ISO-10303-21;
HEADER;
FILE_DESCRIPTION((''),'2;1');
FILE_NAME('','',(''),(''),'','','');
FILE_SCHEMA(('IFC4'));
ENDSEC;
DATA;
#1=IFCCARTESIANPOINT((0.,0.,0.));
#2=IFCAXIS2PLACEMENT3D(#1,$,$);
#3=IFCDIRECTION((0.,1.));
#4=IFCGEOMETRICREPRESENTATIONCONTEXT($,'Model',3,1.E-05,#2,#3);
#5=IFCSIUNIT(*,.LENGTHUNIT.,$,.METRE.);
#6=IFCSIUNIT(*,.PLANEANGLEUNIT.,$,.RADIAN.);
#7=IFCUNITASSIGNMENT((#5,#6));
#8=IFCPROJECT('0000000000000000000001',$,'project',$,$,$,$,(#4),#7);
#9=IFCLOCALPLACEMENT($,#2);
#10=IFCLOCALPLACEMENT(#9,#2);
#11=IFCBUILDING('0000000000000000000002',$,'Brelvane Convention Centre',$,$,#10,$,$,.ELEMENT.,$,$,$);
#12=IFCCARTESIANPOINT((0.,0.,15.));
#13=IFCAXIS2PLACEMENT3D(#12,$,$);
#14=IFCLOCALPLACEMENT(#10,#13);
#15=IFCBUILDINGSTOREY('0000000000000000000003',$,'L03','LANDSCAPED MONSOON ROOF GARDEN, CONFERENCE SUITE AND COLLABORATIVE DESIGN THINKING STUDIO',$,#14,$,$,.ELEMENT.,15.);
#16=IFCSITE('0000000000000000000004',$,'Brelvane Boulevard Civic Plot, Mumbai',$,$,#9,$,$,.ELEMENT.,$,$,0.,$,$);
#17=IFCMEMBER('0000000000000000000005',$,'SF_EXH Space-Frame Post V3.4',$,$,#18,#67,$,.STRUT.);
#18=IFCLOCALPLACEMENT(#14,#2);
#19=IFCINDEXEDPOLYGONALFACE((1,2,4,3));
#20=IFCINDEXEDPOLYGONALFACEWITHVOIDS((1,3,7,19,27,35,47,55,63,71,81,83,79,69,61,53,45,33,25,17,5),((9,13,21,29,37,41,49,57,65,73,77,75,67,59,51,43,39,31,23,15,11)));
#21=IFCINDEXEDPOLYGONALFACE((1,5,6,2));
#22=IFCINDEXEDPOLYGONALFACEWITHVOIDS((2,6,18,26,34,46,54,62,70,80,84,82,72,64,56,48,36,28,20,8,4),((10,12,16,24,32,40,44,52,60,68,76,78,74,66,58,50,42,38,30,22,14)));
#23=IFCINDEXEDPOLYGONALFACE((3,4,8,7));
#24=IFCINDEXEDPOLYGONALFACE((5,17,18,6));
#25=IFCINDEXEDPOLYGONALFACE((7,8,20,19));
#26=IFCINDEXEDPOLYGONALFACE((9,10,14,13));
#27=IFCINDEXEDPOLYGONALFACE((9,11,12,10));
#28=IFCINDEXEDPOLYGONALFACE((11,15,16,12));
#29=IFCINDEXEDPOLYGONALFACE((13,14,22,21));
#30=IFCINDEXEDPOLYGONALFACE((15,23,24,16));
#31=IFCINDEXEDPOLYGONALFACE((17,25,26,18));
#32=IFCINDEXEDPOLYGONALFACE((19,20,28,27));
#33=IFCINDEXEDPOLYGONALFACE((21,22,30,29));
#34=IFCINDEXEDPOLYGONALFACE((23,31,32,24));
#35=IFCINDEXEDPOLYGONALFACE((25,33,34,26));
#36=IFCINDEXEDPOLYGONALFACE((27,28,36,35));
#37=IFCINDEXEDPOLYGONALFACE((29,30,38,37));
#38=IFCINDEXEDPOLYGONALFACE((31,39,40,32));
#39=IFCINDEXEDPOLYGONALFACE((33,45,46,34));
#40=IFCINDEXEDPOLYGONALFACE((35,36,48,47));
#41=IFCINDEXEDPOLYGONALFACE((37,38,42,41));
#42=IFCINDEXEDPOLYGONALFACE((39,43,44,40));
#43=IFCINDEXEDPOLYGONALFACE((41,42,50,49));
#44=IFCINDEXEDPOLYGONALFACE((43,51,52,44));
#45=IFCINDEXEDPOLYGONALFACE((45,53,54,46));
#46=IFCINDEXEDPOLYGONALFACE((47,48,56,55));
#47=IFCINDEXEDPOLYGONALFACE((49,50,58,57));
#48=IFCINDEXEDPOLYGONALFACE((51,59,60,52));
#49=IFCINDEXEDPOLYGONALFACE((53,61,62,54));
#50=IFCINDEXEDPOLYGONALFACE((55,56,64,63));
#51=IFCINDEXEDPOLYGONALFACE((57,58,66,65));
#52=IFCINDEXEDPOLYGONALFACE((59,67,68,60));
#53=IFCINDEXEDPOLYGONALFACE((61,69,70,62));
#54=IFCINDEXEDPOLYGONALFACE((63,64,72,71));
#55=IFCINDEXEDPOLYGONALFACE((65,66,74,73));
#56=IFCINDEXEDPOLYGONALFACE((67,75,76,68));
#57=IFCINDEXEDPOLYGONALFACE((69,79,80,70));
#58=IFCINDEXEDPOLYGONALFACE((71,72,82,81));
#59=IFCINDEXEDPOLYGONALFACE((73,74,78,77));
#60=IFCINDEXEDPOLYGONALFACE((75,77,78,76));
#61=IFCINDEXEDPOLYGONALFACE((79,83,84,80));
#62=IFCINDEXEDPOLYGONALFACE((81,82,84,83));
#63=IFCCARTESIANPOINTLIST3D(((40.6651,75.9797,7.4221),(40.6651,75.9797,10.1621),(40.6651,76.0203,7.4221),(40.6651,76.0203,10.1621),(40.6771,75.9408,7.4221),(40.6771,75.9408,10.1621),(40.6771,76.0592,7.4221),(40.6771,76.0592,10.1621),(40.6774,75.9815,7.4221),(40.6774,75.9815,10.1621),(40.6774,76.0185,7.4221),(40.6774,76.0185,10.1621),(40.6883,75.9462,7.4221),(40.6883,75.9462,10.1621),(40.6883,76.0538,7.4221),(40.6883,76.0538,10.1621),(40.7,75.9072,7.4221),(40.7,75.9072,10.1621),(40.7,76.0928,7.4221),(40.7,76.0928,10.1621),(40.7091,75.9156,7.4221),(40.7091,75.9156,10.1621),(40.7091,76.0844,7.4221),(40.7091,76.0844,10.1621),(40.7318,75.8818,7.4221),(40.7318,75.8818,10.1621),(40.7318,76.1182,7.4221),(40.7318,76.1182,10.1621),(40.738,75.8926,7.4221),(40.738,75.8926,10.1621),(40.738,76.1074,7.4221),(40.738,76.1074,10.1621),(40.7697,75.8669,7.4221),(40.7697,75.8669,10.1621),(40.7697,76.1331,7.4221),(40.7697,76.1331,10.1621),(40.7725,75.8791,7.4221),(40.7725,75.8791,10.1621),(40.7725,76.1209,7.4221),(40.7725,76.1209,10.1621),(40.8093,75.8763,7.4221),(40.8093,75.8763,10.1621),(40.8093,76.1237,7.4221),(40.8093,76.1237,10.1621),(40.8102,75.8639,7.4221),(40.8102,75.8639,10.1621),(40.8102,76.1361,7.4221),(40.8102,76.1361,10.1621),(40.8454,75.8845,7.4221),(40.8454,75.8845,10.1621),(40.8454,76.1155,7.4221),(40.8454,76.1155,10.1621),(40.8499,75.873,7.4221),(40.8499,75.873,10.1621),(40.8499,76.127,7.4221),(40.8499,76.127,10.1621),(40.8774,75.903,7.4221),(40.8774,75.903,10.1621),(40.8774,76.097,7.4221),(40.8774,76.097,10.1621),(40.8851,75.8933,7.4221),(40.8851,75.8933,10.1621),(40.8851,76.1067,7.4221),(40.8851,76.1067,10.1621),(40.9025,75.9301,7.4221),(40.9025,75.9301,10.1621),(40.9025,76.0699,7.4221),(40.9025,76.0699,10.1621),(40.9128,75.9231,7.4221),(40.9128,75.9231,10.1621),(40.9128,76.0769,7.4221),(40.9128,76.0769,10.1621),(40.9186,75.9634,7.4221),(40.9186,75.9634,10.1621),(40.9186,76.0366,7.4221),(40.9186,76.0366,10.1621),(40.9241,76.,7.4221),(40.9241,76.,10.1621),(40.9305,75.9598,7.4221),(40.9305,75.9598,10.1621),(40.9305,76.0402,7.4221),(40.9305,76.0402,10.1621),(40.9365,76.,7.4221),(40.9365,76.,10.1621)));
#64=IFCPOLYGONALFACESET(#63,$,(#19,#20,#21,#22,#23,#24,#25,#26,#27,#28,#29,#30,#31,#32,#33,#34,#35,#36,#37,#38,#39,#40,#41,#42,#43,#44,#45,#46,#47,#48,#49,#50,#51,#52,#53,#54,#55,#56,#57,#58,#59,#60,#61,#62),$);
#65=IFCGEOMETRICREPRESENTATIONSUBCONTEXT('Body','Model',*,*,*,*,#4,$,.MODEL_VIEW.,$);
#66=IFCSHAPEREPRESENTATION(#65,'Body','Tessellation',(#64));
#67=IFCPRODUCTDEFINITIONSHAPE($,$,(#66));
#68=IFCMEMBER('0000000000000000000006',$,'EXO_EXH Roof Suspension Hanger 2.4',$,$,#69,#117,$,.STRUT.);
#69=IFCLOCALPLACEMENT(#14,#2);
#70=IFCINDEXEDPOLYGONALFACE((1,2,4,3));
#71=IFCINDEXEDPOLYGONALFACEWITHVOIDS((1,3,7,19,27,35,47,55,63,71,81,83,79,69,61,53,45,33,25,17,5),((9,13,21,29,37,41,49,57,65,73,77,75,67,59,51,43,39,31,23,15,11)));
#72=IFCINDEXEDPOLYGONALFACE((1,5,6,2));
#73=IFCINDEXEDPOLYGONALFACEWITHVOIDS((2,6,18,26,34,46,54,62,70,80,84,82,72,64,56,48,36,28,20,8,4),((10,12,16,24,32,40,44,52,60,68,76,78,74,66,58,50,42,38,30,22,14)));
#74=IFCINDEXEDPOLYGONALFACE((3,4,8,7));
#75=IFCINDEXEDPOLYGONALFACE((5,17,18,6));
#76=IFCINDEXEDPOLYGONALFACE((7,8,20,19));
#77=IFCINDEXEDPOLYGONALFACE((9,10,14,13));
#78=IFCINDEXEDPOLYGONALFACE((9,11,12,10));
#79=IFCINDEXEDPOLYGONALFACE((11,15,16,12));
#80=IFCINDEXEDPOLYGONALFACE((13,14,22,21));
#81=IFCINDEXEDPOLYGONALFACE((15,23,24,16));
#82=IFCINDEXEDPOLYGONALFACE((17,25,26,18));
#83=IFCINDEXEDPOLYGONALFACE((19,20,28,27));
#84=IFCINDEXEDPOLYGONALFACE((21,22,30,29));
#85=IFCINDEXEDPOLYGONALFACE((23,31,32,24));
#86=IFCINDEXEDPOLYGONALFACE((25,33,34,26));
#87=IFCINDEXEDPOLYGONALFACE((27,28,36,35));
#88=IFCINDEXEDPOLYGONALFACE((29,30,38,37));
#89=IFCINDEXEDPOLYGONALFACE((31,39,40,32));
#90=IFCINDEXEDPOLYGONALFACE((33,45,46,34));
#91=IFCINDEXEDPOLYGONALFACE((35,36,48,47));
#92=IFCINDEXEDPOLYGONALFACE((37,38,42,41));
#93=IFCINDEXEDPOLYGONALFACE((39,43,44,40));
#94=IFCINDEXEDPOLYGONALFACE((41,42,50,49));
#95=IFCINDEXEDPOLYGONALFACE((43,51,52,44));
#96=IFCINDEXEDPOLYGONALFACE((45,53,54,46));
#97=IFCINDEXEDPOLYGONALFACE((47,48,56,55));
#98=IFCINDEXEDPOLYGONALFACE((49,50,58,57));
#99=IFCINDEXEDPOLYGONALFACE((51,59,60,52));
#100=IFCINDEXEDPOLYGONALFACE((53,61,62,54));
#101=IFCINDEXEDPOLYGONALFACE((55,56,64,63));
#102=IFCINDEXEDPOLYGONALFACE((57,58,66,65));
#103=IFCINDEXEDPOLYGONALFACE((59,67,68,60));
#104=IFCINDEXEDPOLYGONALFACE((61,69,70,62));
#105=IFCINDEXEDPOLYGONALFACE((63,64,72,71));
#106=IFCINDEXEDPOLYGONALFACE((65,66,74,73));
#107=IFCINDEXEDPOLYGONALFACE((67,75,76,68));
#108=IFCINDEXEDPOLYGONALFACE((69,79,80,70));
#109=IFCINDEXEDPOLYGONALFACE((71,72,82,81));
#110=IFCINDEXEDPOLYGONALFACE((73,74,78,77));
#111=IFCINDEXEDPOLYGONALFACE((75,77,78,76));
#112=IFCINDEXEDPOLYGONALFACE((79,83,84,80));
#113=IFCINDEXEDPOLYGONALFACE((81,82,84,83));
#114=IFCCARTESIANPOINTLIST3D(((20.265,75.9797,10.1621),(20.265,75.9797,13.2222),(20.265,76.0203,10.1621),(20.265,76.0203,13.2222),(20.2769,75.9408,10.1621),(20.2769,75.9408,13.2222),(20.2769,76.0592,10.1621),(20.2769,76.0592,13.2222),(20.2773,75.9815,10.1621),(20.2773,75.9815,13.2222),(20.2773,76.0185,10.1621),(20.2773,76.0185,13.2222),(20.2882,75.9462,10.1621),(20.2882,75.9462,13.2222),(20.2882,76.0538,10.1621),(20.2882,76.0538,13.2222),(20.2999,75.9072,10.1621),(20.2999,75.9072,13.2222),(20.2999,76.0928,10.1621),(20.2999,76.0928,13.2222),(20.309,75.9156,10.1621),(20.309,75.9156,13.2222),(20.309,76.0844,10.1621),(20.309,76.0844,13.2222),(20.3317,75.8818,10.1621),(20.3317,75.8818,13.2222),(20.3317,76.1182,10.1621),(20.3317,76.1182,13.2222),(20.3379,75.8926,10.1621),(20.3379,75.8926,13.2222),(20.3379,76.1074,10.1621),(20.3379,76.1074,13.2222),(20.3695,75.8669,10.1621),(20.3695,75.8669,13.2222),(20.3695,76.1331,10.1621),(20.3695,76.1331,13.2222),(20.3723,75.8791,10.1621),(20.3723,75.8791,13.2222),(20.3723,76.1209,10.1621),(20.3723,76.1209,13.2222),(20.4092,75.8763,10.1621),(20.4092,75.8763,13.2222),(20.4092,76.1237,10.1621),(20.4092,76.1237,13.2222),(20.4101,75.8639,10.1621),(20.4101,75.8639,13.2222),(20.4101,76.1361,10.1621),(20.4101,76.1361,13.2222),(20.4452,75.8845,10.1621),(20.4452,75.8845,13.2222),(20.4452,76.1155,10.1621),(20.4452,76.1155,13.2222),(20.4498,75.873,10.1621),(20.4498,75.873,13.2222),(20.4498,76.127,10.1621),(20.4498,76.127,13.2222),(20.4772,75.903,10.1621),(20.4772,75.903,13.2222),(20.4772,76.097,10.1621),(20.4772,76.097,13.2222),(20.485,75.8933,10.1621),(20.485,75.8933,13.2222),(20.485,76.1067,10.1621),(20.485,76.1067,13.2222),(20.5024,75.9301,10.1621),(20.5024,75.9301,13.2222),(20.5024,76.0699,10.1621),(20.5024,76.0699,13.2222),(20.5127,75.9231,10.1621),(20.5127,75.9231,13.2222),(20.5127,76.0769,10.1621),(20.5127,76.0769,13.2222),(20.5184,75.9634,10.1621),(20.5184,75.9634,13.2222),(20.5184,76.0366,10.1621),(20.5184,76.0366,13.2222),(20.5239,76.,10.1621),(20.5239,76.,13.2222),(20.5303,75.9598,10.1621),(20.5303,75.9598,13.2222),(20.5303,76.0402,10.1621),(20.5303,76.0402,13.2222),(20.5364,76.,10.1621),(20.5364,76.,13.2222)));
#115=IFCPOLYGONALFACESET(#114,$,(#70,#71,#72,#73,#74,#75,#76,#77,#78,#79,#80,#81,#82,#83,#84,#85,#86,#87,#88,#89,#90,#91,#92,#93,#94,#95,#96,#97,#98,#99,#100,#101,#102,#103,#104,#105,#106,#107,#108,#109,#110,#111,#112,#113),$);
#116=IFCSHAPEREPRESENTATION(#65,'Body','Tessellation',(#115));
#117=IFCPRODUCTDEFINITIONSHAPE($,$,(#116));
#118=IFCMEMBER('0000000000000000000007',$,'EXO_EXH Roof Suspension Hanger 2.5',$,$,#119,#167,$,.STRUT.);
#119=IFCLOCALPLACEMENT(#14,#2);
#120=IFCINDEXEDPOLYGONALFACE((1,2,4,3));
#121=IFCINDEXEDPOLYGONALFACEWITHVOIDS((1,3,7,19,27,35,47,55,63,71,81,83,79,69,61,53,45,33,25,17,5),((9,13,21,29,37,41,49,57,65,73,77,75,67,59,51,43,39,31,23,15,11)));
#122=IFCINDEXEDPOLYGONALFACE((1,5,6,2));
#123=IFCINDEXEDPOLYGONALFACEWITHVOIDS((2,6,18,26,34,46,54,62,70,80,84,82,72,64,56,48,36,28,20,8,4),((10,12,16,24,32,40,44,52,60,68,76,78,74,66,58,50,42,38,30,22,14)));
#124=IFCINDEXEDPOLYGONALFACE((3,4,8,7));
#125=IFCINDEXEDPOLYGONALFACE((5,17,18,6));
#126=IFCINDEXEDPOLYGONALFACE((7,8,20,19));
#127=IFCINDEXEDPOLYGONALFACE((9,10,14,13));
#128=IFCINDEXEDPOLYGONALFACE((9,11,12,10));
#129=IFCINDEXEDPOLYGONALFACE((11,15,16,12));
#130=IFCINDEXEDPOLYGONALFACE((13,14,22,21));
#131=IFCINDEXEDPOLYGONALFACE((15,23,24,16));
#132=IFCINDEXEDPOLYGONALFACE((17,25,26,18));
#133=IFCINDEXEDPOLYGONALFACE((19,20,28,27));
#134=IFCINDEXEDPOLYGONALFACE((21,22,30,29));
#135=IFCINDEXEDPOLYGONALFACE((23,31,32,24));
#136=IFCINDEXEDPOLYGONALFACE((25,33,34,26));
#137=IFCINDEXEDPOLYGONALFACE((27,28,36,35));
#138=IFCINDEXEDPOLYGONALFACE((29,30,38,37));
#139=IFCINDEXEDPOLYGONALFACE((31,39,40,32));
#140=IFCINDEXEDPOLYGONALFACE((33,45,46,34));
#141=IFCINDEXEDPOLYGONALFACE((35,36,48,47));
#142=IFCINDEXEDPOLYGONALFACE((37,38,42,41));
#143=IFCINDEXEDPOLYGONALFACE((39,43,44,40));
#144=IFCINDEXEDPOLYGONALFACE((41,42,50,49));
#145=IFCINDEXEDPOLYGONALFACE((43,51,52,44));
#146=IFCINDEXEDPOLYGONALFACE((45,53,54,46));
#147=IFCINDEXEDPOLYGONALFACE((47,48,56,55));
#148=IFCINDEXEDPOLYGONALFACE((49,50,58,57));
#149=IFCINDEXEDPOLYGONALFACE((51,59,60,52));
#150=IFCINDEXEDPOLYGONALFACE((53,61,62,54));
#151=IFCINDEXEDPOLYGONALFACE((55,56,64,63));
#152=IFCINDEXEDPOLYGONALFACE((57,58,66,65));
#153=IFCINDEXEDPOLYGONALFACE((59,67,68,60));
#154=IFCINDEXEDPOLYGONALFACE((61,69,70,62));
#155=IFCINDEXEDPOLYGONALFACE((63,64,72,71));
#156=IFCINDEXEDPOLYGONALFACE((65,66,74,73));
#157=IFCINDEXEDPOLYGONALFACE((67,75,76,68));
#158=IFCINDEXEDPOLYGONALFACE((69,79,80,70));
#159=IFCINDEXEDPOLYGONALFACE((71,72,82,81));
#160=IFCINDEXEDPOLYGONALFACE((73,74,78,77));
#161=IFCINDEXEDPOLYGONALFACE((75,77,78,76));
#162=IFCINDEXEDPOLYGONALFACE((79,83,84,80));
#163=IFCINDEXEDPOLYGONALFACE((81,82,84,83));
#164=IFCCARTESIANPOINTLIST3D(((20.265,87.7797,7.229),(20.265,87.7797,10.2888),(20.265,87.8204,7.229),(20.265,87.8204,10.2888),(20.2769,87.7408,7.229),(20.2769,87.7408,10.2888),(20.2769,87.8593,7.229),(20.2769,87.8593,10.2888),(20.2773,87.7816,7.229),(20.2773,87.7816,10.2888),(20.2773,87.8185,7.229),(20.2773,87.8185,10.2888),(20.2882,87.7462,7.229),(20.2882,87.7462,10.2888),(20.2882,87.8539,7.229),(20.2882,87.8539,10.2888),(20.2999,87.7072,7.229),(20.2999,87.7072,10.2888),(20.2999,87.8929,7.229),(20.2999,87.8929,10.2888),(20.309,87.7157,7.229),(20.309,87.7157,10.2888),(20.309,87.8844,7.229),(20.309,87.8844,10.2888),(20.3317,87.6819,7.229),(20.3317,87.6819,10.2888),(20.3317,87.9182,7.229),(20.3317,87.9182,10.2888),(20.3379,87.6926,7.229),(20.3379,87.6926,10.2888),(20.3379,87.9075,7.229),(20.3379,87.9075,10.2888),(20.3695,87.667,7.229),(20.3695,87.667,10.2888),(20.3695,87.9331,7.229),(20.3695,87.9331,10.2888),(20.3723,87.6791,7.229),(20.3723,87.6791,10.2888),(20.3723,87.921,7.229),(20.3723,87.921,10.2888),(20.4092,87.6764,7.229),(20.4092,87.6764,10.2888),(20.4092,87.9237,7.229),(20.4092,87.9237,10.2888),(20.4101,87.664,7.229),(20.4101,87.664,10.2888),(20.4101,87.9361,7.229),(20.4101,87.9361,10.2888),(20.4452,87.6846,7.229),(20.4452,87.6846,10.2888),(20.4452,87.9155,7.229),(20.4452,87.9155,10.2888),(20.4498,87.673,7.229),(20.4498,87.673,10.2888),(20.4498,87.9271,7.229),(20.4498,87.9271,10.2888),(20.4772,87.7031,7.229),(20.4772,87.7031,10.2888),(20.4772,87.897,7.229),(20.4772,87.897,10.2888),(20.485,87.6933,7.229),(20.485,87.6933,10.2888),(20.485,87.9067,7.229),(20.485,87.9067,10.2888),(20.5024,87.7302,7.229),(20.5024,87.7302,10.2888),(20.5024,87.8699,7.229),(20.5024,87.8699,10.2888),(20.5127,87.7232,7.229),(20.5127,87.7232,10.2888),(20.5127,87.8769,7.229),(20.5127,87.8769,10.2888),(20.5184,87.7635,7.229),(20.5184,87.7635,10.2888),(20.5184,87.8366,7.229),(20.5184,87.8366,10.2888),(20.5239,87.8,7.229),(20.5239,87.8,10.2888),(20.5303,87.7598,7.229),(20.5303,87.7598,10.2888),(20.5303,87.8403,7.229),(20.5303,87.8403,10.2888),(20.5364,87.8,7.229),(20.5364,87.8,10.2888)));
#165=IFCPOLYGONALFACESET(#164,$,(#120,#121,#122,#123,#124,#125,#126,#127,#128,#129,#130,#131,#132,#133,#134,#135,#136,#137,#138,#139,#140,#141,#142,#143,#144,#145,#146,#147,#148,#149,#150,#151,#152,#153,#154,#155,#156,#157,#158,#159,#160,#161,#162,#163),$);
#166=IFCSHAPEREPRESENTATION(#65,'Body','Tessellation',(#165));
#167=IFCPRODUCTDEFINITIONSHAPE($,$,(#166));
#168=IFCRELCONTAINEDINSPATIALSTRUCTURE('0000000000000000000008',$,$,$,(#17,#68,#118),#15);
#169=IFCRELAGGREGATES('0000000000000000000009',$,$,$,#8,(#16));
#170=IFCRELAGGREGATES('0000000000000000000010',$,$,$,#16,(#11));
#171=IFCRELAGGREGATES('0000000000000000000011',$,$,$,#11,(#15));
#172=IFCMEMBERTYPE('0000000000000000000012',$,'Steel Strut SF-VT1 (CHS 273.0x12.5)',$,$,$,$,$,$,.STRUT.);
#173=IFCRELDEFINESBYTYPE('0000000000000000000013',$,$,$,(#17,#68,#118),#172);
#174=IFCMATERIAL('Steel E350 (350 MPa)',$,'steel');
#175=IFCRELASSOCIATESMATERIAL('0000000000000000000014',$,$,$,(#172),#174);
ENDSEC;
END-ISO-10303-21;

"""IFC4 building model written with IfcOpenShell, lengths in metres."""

from ifc_helpers import new_model, si_unit, direction, frame, origin, origin_2d, place, context, subcontext, project, spatial, hollow_circle, extrude, material, material_profile, profile_set, type_object, element, save


model = new_model("IFC4")

# Units and contexts
model_context = context("Model", 3, precision=1e-05, world=origin(), true_north=direction((0.0, 1.0)))
body_context = subcontext(model_context, "Body", "Model", "MODEL_VIEW")
ifc_project = project(units=[si_unit("LENGTHUNIT", "METRE"), si_unit("PLANEANGLEUNIT", "RADIAN")], contexts=[model_context])

# Site, building, storey
site_placement = place(None, origin())
site = spatial("IfcSite", under=ifc_project, at=site_placement, Name="Brelvane Boulevard Civic Plot, Mumbai", CompositionType="ELEMENT", RefElevation=0.0)
building_placement = place(site_placement, origin())
building = spatial("IfcBuilding", under=site, at=building_placement, Name="Brelvane Convention Centre", CompositionType="ELEMENT")
storey_placement = place(building_placement, frame((0.0, 0.0, 15.0)))
storey = spatial("IfcBuildingStorey", under=building, at=storey_placement, Name="L03", Description="LANDSCAPED MONSOON ROOF GARDEN, CONFERENCE SUITE AND COLLABORATIVE DESIGN THINKING STUDIO", CompositionType="ELEMENT", Elevation=15.0)

# Members
ifc_material_1 = material(Name="Steel E350 (350 MPa)", Category="steel")
ifc_material_profile_1 = material_profile(ifc_material_1, hollow_circle(Radius=0.1365, WallThickness=0.0125, at=origin_2d()), Name="CHS 273.0x12.5")
ifc_profile_set_1 = profile_set([ifc_material_profile_1], Name="Steel E350 (350 MPa)")
member_type_1 = type_object("IfcMemberType", Name="Steel Strut SF-VT1 (CHS 273.0x12.5)", PredefinedType="STRUT", material=ifc_profile_set_1)
for number, where, z_axis, x_axis, name in (
    (1, (40.8, 76.0, 7.4221), (0.0, 0.0, 1.0), (1.0, 0.0, 0.0), "SF_EXH Space-Frame Post V3.4"),
):
    element("IfcMember", number, at=place(storey_placement, frame(where, z_axis=z_axis, x_axis=x_axis)), inside=storey, type_object=member_type_1, Name=name, PredefinedType="STRUT", context=body_context, shape_type="SweptSolid", body=[
        extrude(hollow_circle(Radius=0.1365, WallThickness=0.0125, at=origin_2d()), origin(), (0.0, 0.0, 1.0), 2.74),
    ])
member_1_placement = place(storey_placement, frame((20.3999, 76.0, 10.1621), z_axis=(0.0, 0.0, 1.0), x_axis=(1.0, 0.0, 0.0)))
element("IfcMember", 2, at=member_1_placement, inside=storey, type_object=member_type_1, Name="EXO_EXH Roof Suspension Hanger 2.4", PredefinedType="STRUT", context=body_context, shape_type="SweptSolid", body=[
    extrude(hollow_circle(Radius=0.1365, WallThickness=0.0125, at=origin_2d()), origin(), (0.0, 0.0, 1.0), 3.0601),
])
member_2_placement = place(storey_placement, frame((20.3999, 87.8, 7.229), z_axis=(0.0, 0.0, 1.0), x_axis=(1.0, 0.0, 0.0)))
element("IfcMember", 3, at=member_2_placement, inside=storey, type_object=member_type_1, Name="EXO_EXH Roof Suspension Hanger 2.5", PredefinedType="STRUT", context=body_context, shape_type="SweptSolid", body=[
    extrude(hollow_circle(Radius=0.1365, WallThickness=0.0125, at=origin_2d()), origin(), (0.0, 0.0, 1.0), 3.0598),
])

save(model, "model.ifc")
